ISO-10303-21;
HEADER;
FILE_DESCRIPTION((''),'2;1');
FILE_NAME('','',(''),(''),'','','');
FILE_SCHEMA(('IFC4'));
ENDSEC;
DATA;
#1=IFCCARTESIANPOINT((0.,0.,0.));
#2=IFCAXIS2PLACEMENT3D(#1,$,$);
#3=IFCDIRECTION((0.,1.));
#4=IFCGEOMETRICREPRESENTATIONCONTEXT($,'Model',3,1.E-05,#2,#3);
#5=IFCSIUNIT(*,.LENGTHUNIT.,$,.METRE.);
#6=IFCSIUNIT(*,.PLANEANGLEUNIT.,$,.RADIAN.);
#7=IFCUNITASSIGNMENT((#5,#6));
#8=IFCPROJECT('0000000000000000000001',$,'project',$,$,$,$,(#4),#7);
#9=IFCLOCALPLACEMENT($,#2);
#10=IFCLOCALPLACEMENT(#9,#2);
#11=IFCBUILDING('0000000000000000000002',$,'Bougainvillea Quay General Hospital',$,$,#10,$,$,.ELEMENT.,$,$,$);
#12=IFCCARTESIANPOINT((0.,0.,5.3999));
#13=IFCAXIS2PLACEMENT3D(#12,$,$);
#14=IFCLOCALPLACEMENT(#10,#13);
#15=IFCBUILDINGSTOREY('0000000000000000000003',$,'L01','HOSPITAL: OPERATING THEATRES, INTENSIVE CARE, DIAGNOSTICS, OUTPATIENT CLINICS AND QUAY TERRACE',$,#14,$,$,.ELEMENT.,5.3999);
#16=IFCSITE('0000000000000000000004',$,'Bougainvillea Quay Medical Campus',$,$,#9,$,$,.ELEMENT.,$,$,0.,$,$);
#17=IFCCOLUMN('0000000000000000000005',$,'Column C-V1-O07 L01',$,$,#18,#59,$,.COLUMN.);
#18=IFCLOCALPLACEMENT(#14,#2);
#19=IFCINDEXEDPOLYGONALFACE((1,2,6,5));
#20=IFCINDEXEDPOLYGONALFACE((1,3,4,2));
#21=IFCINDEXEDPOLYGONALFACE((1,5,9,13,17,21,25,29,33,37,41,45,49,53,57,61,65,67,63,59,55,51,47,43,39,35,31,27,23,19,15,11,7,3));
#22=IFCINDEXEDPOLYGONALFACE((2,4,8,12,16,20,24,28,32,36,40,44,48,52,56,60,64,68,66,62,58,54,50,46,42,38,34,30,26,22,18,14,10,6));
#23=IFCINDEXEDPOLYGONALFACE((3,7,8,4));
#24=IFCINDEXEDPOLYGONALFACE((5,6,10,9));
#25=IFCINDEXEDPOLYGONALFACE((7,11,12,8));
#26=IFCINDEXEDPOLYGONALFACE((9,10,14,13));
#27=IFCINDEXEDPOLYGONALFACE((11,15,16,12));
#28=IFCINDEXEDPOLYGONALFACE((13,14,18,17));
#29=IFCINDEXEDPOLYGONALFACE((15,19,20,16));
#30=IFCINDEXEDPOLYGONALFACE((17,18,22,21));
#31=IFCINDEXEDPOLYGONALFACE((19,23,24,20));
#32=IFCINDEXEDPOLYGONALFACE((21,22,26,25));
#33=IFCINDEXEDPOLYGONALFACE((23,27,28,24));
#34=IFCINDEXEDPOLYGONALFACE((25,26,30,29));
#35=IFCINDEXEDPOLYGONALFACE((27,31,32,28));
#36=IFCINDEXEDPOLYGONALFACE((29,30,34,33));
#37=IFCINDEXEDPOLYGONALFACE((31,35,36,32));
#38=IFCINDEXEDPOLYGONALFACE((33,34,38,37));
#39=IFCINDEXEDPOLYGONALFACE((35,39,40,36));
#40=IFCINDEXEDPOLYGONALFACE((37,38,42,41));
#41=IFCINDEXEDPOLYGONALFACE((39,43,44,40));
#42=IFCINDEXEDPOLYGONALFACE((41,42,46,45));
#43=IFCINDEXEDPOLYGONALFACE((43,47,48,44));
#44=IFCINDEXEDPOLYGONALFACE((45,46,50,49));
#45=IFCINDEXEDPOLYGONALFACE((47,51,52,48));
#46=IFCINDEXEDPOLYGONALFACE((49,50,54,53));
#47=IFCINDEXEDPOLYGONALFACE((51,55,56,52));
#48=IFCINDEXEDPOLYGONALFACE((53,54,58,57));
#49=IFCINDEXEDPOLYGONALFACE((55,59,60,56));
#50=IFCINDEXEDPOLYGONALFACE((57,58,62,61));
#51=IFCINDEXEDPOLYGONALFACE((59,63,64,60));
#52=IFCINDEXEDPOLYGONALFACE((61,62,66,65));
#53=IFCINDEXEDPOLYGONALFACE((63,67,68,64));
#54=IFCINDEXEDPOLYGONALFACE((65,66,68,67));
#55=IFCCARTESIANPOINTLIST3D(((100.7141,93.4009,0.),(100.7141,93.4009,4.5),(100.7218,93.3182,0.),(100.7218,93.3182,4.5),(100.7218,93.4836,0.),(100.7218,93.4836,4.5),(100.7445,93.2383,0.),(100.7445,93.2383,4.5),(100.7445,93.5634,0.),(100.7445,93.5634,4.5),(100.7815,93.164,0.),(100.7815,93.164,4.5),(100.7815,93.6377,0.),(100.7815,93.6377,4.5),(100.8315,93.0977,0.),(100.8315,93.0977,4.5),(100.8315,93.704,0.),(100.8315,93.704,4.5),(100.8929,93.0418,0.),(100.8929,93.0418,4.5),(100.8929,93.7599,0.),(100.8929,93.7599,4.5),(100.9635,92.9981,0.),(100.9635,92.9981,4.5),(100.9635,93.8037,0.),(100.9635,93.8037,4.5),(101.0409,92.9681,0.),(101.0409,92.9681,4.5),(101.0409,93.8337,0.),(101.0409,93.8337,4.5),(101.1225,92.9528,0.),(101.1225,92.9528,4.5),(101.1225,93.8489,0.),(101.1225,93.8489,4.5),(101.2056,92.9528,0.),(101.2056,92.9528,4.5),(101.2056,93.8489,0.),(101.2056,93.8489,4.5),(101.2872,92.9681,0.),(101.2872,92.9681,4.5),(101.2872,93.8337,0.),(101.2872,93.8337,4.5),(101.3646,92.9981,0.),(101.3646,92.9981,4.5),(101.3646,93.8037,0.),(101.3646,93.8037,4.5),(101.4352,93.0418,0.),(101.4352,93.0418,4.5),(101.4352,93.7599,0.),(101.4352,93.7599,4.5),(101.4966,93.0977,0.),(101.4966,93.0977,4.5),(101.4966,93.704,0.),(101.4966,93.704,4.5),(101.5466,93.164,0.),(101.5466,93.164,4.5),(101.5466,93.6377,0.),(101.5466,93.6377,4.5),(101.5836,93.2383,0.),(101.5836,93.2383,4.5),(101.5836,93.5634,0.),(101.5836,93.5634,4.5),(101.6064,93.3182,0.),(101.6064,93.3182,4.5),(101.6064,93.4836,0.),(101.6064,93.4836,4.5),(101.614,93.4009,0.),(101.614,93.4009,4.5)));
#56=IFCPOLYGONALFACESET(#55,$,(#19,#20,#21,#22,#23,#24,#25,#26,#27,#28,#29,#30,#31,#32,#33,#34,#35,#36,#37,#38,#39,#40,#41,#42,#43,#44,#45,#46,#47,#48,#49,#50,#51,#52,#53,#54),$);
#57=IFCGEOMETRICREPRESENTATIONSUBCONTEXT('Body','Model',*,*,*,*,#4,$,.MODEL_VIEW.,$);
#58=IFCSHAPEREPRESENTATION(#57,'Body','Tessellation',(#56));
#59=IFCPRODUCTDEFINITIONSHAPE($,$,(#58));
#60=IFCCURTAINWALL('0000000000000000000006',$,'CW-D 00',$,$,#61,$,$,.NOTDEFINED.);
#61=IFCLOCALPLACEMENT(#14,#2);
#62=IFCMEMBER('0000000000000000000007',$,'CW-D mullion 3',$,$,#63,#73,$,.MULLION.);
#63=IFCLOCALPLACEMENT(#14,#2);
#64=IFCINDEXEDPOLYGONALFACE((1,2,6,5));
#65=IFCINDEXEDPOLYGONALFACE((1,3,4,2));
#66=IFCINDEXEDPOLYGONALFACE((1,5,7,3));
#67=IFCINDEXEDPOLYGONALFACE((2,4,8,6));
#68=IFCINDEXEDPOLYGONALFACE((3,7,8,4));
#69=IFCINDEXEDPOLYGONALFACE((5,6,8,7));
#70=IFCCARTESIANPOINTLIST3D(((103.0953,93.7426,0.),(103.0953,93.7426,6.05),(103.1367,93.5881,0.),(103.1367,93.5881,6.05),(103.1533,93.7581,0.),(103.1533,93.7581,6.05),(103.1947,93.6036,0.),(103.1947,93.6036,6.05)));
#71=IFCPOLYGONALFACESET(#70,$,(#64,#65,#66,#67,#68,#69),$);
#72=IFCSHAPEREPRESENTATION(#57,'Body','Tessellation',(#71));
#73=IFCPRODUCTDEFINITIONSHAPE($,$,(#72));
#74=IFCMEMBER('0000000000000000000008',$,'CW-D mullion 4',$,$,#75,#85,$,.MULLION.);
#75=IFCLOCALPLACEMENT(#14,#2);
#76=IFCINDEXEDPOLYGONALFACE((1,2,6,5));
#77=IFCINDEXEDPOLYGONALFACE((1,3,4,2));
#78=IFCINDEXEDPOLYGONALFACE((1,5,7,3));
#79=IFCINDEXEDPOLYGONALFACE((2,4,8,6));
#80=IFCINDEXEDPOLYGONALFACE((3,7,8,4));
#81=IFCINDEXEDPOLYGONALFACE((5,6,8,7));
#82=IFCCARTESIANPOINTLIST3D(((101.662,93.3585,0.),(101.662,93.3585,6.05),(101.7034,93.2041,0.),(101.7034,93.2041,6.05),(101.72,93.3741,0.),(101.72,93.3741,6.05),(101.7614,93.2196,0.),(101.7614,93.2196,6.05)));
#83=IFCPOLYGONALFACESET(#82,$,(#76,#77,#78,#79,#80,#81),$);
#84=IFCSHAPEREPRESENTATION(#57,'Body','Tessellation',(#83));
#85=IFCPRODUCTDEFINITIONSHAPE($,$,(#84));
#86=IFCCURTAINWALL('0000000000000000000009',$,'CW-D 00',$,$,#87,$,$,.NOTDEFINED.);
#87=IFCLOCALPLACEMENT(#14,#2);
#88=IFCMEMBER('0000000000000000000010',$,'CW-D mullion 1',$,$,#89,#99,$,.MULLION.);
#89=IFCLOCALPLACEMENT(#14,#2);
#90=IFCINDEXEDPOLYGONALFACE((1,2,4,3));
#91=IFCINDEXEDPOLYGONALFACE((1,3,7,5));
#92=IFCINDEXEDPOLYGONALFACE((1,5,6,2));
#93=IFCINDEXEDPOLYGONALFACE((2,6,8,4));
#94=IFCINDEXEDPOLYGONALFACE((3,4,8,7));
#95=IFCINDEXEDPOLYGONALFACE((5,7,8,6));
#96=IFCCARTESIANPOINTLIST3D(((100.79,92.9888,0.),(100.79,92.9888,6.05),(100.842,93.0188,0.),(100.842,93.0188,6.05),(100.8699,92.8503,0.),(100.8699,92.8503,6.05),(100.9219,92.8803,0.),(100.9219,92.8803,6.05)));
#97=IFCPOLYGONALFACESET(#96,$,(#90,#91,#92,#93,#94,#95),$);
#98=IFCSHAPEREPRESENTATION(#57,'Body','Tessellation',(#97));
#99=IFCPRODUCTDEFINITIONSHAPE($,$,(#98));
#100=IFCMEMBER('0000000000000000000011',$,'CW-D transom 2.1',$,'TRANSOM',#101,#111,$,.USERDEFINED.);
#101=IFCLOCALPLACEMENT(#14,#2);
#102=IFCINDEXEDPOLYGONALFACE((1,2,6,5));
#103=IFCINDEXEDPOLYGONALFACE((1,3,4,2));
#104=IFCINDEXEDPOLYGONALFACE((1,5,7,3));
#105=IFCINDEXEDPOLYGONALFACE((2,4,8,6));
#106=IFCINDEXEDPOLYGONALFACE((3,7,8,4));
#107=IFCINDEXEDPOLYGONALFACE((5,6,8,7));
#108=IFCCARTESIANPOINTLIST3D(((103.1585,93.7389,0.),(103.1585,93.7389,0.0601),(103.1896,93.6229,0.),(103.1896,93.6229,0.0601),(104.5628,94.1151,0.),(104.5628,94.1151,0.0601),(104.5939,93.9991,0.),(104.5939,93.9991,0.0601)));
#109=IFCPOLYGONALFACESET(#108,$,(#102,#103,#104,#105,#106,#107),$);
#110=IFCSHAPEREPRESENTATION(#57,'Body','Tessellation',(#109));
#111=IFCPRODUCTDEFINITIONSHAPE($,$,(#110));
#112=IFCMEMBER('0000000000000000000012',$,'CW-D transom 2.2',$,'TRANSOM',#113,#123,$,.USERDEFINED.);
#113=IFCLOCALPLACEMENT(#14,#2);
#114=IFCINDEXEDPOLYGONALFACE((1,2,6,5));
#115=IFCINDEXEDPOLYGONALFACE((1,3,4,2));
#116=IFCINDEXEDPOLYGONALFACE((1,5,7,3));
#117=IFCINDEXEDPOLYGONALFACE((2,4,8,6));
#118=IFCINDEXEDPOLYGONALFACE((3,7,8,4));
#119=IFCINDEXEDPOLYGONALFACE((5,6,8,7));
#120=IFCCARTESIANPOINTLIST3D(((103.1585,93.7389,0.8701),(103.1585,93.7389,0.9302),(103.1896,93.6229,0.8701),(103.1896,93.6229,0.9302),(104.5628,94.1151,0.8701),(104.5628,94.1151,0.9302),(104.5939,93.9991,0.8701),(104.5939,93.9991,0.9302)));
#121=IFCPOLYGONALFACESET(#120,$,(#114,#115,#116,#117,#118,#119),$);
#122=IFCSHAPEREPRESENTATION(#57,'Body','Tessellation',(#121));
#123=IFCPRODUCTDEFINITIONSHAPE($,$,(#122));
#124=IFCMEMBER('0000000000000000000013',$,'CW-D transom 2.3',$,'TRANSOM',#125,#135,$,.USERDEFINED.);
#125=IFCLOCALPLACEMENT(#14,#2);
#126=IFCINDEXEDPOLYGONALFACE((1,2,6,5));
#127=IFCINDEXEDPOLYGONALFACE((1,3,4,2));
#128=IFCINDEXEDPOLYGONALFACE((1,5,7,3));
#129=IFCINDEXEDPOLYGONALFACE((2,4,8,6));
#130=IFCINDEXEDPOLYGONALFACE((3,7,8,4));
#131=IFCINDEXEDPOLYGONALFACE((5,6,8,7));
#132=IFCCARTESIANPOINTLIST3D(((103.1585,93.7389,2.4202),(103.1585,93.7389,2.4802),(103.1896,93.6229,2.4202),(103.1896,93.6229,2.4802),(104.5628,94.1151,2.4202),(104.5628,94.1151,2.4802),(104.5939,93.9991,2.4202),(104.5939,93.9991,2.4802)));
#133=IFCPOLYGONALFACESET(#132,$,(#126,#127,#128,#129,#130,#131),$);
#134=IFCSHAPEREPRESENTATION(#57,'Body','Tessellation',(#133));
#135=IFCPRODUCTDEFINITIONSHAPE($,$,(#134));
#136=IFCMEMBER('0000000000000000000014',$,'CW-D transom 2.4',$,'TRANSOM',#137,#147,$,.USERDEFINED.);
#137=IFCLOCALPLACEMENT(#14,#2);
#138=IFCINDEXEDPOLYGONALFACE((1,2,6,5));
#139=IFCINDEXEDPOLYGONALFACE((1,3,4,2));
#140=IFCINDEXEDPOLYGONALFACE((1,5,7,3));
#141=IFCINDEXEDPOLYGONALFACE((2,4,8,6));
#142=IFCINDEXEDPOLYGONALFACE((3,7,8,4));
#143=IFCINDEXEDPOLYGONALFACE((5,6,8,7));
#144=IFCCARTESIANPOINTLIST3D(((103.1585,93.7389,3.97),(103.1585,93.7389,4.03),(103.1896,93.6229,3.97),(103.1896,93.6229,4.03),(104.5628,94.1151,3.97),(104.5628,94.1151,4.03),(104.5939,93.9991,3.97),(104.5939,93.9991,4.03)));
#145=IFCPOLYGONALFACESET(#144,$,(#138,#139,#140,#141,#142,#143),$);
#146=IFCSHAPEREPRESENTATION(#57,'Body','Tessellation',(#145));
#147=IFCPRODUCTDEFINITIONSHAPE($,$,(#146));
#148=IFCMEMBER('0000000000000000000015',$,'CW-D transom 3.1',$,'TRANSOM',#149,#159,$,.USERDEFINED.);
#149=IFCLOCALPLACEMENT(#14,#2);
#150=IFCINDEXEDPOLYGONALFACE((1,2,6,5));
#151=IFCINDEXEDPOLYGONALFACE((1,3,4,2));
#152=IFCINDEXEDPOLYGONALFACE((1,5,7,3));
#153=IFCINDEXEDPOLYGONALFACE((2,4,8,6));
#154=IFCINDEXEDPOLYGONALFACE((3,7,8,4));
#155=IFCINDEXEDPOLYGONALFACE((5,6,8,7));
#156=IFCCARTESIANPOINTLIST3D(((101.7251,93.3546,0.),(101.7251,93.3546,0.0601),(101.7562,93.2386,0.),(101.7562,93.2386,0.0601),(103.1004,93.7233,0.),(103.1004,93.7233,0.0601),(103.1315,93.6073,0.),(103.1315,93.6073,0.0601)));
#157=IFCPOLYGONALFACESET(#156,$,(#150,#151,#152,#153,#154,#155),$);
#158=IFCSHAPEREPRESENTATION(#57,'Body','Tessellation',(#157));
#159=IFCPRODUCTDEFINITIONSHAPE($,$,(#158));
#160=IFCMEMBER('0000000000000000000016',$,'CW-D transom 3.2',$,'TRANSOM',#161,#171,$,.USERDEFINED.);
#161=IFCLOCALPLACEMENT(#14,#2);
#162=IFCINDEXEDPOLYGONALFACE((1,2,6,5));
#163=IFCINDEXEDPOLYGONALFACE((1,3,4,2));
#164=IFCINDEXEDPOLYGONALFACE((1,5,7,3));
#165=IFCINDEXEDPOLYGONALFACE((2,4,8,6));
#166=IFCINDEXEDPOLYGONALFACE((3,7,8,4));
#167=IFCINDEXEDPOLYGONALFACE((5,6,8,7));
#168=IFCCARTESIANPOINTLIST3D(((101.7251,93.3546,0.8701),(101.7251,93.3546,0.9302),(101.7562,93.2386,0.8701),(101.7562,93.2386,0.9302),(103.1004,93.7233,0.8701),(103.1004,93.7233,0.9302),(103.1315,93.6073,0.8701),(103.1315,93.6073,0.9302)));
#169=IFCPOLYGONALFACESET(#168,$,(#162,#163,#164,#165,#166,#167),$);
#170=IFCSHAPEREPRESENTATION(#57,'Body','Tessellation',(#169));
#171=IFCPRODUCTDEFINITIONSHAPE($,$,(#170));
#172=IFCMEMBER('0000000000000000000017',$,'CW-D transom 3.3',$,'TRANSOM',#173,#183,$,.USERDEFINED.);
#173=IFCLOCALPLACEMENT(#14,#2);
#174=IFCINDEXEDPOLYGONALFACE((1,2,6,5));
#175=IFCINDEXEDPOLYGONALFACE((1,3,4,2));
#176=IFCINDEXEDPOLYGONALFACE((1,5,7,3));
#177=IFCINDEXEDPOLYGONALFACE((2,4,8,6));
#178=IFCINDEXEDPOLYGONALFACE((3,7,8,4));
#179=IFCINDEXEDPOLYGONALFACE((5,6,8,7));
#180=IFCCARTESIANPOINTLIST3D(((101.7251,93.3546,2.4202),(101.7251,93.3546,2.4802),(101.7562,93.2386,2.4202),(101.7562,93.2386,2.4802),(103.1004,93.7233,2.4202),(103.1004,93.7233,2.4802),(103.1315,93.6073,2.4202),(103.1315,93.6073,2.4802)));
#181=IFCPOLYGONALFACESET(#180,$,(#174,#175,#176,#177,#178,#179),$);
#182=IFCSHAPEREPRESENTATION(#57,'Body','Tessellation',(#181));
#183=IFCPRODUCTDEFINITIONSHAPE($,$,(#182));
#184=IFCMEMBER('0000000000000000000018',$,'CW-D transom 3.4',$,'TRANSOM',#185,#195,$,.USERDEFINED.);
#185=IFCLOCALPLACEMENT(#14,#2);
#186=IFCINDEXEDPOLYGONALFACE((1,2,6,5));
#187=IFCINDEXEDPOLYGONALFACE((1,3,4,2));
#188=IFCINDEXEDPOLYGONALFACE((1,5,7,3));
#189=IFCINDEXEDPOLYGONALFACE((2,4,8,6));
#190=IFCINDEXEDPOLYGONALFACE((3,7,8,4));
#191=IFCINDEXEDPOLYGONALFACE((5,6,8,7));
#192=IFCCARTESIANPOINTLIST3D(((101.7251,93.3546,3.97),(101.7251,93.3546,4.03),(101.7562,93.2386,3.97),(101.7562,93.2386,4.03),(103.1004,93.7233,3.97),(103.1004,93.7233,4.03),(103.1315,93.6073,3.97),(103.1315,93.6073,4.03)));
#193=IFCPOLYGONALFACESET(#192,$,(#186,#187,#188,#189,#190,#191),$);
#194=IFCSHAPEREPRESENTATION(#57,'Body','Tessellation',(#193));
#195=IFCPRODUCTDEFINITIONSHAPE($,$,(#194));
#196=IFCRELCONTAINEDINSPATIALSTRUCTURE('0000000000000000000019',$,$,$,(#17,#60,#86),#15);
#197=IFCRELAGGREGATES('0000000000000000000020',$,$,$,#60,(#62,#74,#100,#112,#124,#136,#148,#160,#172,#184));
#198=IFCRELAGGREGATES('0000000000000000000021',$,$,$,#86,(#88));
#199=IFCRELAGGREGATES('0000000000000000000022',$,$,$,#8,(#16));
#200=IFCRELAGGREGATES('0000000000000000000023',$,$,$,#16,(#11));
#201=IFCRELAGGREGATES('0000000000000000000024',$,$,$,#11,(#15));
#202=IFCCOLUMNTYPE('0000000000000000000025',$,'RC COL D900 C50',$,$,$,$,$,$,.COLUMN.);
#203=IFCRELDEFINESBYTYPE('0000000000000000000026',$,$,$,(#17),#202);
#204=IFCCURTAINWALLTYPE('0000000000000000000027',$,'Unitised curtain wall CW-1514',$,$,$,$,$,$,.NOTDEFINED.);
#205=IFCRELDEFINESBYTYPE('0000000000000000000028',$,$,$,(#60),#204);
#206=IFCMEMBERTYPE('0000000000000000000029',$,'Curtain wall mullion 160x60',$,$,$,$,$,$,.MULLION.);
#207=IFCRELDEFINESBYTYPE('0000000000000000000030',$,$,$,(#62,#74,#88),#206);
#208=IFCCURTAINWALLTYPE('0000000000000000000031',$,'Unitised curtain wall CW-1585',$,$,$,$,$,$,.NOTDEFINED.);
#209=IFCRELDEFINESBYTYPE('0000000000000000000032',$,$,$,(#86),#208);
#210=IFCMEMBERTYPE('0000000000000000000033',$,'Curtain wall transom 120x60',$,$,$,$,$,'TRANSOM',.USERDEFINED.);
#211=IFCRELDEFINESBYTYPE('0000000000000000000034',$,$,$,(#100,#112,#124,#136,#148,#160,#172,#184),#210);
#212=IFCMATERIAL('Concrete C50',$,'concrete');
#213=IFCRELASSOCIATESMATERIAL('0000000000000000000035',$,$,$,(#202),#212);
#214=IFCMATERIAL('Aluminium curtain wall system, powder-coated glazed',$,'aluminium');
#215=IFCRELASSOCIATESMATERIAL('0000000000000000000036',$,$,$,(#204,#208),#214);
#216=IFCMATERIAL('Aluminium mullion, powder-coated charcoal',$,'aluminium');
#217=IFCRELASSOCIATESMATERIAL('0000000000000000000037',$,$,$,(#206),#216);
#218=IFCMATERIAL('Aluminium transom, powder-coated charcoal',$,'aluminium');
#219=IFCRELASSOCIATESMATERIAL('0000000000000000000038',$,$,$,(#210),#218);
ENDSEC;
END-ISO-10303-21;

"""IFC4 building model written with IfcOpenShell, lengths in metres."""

from ifc_helpers import new_model, si_unit, direction, frame, origin, origin_2d, place, context, subcontext, project, spatial, rectangle, circle, extrude, material, material_profile, profile_set, type_object, element, aggregate, save


model = new_model("IFC4")

# Units and contexts
model_context = context("Model", 3, precision=1e-05, world=origin(), true_north=direction((0.0, 1.0)))
body_context = subcontext(model_context, "Body", "Model", "MODEL_VIEW")
ifc_project = project(units=[si_unit("LENGTHUNIT", "METRE"), si_unit("PLANEANGLEUNIT", "RADIAN")], contexts=[model_context])

# Site, building, storey
site_placement = place(None, origin())
site = spatial("IfcSite", under=ifc_project, at=site_placement, Name="Bougainvillea Quay Medical Campus", CompositionType="ELEMENT", RefElevation=0.0)
building_placement = place(site_placement, origin())
building = spatial("IfcBuilding", under=site, at=building_placement, Name="Bougainvillea Quay General Hospital", CompositionType="ELEMENT")
storey_placement = place(building_placement, frame((0.0, 0.0, 5.3999)))
storey = spatial("IfcBuildingStorey", under=building, at=storey_placement, Name="L01", Description="HOSPITAL: OPERATING THEATRES, INTENSIVE CARE, DIAGNOSTICS, OUTPATIENT CLINICS AND QUAY TERRACE", CompositionType="ELEMENT", Elevation=5.3999)

# Column
ifc_material_1 = material(Name="Concrete C50", Category="concrete")
ifc_material_profile_1 = material_profile(ifc_material_1, circle(Radius=0.45, at=origin_2d()))
ifc_profile_set_1 = profile_set([ifc_material_profile_1], Name="Concrete C50")
column_type = type_object("IfcColumnType", Name="RC COL D900 C50", PredefinedType="COLUMN", material=ifc_profile_set_1)
column_placement = place(storey_placement, frame((101.1641, 93.4009, 0.0), z_axis=(0.0, 0.0, 1.0), x_axis=(1.0, 0.0, 0.0)))
element("IfcColumn", 1, at=column_placement, inside=storey, type_object=column_type, Name="Column C-V1-O07 L01", PredefinedType="COLUMN", context=body_context, shape_type="SweptSolid", body=[
    extrude(circle(Radius=0.45, at=origin_2d()), origin(), (0.0, 0.0, 1.0), 4.5),
])

# Curtain wall, members
ifc_material_2 = material(Name="Aluminium curtain wall system, powder-coated glazed", Category="aluminium")
curtain_wall_type_1 = type_object("IfcCurtainWallType", Name="Unitised curtain wall CW-1514", PredefinedType="NOTDEFINED", material=ifc_material_2)
curtain_wall_1_placement = place(storey_placement, origin())
curtain_wall_1 = element("IfcCurtainWall", 2, at=curtain_wall_1_placement, inside=storey, type_object=curtain_wall_type_1, Name="CW-D 00", PredefinedType="NOTDEFINED")
ifc_material_3 = material(Name="Aluminium mullion, powder-coated charcoal", Category="aluminium")
ifc_material_profile_2 = material_profile(ifc_material_3, rectangle(XDim=0.1599, YDim=0.0601, at=origin_2d()))
ifc_profile_set_2 = profile_set([ifc_material_profile_2], Name="Aluminium mullion, powder-coated charcoal")
member_type_1 = type_object("IfcMemberType", Name="Curtain wall mullion 160x60", PredefinedType="MULLION", material=ifc_profile_set_2)
member_1_placement = place(storey_placement, frame((103.145, 93.6731, 0.0), z_axis=(0.0, 0.0, 1.0), x_axis=(0.258855, -0.965916, 0.0)))
member_1 = element("IfcMember", 3, at=member_1_placement, type_object=member_type_1, Name="CW-D mullion 3", PredefinedType="MULLION", context=body_context, shape_type="SweptSolid", body=[
    extrude(rectangle(XDim=0.1599, YDim=0.0601, at=origin_2d()), origin(), (0.0, 0.0, 1.0), 6.05),
])
member_2_placement = place(storey_placement, frame((101.7117, 93.2891, 0.0), z_axis=(0.0, 0.0, 1.0), x_axis=(0.258855, -0.965916, 0.0)))
member_2 = element("IfcMember", 4, at=member_2_placement, type_object=member_type_1, Name="CW-D mullion 4", PredefinedType="MULLION", context=body_context, shape_type="SweptSolid", body=[
    extrude(rectangle(XDim=0.1599, YDim=0.0601, at=origin_2d()), origin(), (0.0, 0.0, 1.0), 6.05),
])

# Curtain wall, member
curtain_wall_type_2 = type_object("IfcCurtainWallType", Name="Unitised curtain wall CW-1585", PredefinedType="NOTDEFINED", material=ifc_material_2)
curtain_wall_2_placement = place(storey_placement, origin())
curtain_wall_2 = element("IfcCurtainWall", 5, at=curtain_wall_2_placement, inside=storey, type_object=curtain_wall_type_2, Name="CW-D 00", PredefinedType="NOTDEFINED")
member_3_placement = place(storey_placement, frame((100.856, 92.9346, 0.0), z_axis=(0.0, 0.0, 1.0), x_axis=(0.499965, -0.866046, 0.0)))
member_3 = element("IfcMember", 6, at=member_3_placement, type_object=member_type_1, Name="CW-D mullion 1", PredefinedType="MULLION", context=body_context, shape_type="SweptSolid", body=[
    extrude(rectangle(XDim=0.1599, YDim=0.0601, at=origin_2d()), origin(), (0.0, 0.0, 1.0), 6.05),
])

# Members
ifc_material_4 = material(Name="Aluminium transom, powder-coated charcoal", Category="aluminium")
ifc_material_profile_3 = material_profile(ifc_material_4, rectangle(XDim=0.1201, YDim=0.0601, at=origin_2d()))
ifc_profile_set_3 = profile_set([ifc_material_profile_3], Name="Aluminium transom, powder-coated charcoal")
member_type_2 = type_object("IfcMemberType", Name="Curtain wall transom 120x60", ElementType="TRANSOM", PredefinedType="USERDEFINED", material=ifc_profile_set_3)
member_4_placement = place(storey_placement, frame((104.5784, 94.0571, 0.03), z_axis=(-0.965936, -0.258781, 0.0), x_axis=(0.258781, -0.965936, 0.0)))
member_4 = element("IfcMember", 7, at=member_4_placement, type_object=member_type_2, Name="CW-D transom 2.1", ObjectType="TRANSOM", PredefinedType="USERDEFINED", context=body_context, shape_type="SweptSolid", body=[
    extrude(rectangle(XDim=0.1201, YDim=0.0601, at=origin_2d()), origin(), (0.0, 0.0, 1.0), 1.4539),
])
member_5_placement = place(storey_placement, frame((104.5784, 94.0571, 0.9001), z_axis=(-0.965936, -0.258781, 0.0), x_axis=(0.258781, -0.965936, 0.0)))
member_5 = element("IfcMember", 8, at=member_5_placement, type_object=member_type_2, Name="CW-D transom 2.2", ObjectType="TRANSOM", PredefinedType="USERDEFINED", context=body_context, shape_type="SweptSolid", body=[
    extrude(rectangle(XDim=0.1201, YDim=0.0601, at=origin_2d()), origin(), (0.0, 0.0, 1.0), 1.4539),
])
member_6_placement = place(storey_placement, frame((104.5784, 94.0571, 2.4502), z_axis=(-0.965936, -0.258781, 0.0), x_axis=(0.258781, -0.965936, 0.0)))
member_6 = element("IfcMember", 9, at=member_6_placement, type_object=member_type_2, Name="CW-D transom 2.3", ObjectType="TRANSOM", PredefinedType="USERDEFINED", context=body_context, shape_type="SweptSolid", body=[
    extrude(rectangle(XDim=0.1201, YDim=0.0601, at=origin_2d()), origin(), (0.0, 0.0, 1.0), 1.4539),
])
member_7_placement = place(storey_placement, frame((104.5784, 94.0571, 4.0), z_axis=(-0.965936, -0.258781, 0.0), x_axis=(0.258781, -0.965936, 0.0)))
member_7 = element("IfcMember", 10, at=member_7_placement, type_object=member_type_2, Name="CW-D transom 2.4", ObjectType="TRANSOM", PredefinedType="USERDEFINED", context=body_context, shape_type="SweptSolid", body=[
    extrude(rectangle(XDim=0.1201, YDim=0.0601, at=origin_2d()), origin(), (0.0, 0.0, 1.0), 1.4539),
])
member_8_placement = place(storey_placement, frame((103.116, 93.6653, 0.03), z_axis=(-0.965898, -0.258922, 0.0), x_axis=(0.258922, -0.965898, 0.0)))
member_8 = element("IfcMember", 11, at=member_8_placement, type_object=member_type_2, Name="CW-D transom 3.1", ObjectType="TRANSOM", PredefinedType="USERDEFINED", context=body_context, shape_type="SweptSolid", body=[
    extrude(rectangle(XDim=0.1201, YDim=0.0601, at=origin_2d()), origin(), (0.0, 0.0, 1.0), 1.4238),
])
member_9_placement = place(storey_placement, frame((103.116, 93.6653, 0.9001), z_axis=(-0.965898, -0.258922, 0.0), x_axis=(0.258922, -0.965898, 0.0)))
member_9 = element("IfcMember", 12, at=member_9_placement, type_object=member_type_2, Name="CW-D transom 3.2", ObjectType="TRANSOM", PredefinedType="USERDEFINED", context=body_context, shape_type="SweptSolid", body=[
    extrude(rectangle(XDim=0.1201, YDim=0.0601, at=origin_2d()), origin(), (0.0, 0.0, 1.0), 1.4238),
])
member_10_placement = place(storey_placement, frame((103.116, 93.6653, 2.4502), z_axis=(-0.965898, -0.258922, 0.0), x_axis=(0.258922, -0.965898, 0.0)))
member_10 = element("IfcMember", 13, at=member_10_placement, type_object=member_type_2, Name="CW-D transom 3.3", ObjectType="TRANSOM", PredefinedType="USERDEFINED", context=body_context, shape_type="SweptSolid", body=[
    extrude(rectangle(XDim=0.1201, YDim=0.0601, at=origin_2d()), origin(), (0.0, 0.0, 1.0), 1.4238),
])
member_11_placement = place(storey_placement, frame((103.116, 93.6653, 4.0), z_axis=(-0.965898, -0.258922, 0.0), x_axis=(0.258922, -0.965898, 0.0)))
member_11 = element("IfcMember", 14, at=member_11_placement, type_object=member_type_2, Name="CW-D transom 3.4", ObjectType="TRANSOM", PredefinedType="USERDEFINED", context=body_context, shape_type="SweptSolid", body=[
    extrude(rectangle(XDim=0.1201, YDim=0.0601, at=origin_2d()), origin(), (0.0, 0.0, 1.0), 1.4238),
])

aggregate(curtain_wall_1, [member_1, member_2, member_4, member_5, member_6, member_7, member_8, member_9, member_10, member_11])
aggregate(curtain_wall_2, [member_3])

save(model, "model.ifc")
